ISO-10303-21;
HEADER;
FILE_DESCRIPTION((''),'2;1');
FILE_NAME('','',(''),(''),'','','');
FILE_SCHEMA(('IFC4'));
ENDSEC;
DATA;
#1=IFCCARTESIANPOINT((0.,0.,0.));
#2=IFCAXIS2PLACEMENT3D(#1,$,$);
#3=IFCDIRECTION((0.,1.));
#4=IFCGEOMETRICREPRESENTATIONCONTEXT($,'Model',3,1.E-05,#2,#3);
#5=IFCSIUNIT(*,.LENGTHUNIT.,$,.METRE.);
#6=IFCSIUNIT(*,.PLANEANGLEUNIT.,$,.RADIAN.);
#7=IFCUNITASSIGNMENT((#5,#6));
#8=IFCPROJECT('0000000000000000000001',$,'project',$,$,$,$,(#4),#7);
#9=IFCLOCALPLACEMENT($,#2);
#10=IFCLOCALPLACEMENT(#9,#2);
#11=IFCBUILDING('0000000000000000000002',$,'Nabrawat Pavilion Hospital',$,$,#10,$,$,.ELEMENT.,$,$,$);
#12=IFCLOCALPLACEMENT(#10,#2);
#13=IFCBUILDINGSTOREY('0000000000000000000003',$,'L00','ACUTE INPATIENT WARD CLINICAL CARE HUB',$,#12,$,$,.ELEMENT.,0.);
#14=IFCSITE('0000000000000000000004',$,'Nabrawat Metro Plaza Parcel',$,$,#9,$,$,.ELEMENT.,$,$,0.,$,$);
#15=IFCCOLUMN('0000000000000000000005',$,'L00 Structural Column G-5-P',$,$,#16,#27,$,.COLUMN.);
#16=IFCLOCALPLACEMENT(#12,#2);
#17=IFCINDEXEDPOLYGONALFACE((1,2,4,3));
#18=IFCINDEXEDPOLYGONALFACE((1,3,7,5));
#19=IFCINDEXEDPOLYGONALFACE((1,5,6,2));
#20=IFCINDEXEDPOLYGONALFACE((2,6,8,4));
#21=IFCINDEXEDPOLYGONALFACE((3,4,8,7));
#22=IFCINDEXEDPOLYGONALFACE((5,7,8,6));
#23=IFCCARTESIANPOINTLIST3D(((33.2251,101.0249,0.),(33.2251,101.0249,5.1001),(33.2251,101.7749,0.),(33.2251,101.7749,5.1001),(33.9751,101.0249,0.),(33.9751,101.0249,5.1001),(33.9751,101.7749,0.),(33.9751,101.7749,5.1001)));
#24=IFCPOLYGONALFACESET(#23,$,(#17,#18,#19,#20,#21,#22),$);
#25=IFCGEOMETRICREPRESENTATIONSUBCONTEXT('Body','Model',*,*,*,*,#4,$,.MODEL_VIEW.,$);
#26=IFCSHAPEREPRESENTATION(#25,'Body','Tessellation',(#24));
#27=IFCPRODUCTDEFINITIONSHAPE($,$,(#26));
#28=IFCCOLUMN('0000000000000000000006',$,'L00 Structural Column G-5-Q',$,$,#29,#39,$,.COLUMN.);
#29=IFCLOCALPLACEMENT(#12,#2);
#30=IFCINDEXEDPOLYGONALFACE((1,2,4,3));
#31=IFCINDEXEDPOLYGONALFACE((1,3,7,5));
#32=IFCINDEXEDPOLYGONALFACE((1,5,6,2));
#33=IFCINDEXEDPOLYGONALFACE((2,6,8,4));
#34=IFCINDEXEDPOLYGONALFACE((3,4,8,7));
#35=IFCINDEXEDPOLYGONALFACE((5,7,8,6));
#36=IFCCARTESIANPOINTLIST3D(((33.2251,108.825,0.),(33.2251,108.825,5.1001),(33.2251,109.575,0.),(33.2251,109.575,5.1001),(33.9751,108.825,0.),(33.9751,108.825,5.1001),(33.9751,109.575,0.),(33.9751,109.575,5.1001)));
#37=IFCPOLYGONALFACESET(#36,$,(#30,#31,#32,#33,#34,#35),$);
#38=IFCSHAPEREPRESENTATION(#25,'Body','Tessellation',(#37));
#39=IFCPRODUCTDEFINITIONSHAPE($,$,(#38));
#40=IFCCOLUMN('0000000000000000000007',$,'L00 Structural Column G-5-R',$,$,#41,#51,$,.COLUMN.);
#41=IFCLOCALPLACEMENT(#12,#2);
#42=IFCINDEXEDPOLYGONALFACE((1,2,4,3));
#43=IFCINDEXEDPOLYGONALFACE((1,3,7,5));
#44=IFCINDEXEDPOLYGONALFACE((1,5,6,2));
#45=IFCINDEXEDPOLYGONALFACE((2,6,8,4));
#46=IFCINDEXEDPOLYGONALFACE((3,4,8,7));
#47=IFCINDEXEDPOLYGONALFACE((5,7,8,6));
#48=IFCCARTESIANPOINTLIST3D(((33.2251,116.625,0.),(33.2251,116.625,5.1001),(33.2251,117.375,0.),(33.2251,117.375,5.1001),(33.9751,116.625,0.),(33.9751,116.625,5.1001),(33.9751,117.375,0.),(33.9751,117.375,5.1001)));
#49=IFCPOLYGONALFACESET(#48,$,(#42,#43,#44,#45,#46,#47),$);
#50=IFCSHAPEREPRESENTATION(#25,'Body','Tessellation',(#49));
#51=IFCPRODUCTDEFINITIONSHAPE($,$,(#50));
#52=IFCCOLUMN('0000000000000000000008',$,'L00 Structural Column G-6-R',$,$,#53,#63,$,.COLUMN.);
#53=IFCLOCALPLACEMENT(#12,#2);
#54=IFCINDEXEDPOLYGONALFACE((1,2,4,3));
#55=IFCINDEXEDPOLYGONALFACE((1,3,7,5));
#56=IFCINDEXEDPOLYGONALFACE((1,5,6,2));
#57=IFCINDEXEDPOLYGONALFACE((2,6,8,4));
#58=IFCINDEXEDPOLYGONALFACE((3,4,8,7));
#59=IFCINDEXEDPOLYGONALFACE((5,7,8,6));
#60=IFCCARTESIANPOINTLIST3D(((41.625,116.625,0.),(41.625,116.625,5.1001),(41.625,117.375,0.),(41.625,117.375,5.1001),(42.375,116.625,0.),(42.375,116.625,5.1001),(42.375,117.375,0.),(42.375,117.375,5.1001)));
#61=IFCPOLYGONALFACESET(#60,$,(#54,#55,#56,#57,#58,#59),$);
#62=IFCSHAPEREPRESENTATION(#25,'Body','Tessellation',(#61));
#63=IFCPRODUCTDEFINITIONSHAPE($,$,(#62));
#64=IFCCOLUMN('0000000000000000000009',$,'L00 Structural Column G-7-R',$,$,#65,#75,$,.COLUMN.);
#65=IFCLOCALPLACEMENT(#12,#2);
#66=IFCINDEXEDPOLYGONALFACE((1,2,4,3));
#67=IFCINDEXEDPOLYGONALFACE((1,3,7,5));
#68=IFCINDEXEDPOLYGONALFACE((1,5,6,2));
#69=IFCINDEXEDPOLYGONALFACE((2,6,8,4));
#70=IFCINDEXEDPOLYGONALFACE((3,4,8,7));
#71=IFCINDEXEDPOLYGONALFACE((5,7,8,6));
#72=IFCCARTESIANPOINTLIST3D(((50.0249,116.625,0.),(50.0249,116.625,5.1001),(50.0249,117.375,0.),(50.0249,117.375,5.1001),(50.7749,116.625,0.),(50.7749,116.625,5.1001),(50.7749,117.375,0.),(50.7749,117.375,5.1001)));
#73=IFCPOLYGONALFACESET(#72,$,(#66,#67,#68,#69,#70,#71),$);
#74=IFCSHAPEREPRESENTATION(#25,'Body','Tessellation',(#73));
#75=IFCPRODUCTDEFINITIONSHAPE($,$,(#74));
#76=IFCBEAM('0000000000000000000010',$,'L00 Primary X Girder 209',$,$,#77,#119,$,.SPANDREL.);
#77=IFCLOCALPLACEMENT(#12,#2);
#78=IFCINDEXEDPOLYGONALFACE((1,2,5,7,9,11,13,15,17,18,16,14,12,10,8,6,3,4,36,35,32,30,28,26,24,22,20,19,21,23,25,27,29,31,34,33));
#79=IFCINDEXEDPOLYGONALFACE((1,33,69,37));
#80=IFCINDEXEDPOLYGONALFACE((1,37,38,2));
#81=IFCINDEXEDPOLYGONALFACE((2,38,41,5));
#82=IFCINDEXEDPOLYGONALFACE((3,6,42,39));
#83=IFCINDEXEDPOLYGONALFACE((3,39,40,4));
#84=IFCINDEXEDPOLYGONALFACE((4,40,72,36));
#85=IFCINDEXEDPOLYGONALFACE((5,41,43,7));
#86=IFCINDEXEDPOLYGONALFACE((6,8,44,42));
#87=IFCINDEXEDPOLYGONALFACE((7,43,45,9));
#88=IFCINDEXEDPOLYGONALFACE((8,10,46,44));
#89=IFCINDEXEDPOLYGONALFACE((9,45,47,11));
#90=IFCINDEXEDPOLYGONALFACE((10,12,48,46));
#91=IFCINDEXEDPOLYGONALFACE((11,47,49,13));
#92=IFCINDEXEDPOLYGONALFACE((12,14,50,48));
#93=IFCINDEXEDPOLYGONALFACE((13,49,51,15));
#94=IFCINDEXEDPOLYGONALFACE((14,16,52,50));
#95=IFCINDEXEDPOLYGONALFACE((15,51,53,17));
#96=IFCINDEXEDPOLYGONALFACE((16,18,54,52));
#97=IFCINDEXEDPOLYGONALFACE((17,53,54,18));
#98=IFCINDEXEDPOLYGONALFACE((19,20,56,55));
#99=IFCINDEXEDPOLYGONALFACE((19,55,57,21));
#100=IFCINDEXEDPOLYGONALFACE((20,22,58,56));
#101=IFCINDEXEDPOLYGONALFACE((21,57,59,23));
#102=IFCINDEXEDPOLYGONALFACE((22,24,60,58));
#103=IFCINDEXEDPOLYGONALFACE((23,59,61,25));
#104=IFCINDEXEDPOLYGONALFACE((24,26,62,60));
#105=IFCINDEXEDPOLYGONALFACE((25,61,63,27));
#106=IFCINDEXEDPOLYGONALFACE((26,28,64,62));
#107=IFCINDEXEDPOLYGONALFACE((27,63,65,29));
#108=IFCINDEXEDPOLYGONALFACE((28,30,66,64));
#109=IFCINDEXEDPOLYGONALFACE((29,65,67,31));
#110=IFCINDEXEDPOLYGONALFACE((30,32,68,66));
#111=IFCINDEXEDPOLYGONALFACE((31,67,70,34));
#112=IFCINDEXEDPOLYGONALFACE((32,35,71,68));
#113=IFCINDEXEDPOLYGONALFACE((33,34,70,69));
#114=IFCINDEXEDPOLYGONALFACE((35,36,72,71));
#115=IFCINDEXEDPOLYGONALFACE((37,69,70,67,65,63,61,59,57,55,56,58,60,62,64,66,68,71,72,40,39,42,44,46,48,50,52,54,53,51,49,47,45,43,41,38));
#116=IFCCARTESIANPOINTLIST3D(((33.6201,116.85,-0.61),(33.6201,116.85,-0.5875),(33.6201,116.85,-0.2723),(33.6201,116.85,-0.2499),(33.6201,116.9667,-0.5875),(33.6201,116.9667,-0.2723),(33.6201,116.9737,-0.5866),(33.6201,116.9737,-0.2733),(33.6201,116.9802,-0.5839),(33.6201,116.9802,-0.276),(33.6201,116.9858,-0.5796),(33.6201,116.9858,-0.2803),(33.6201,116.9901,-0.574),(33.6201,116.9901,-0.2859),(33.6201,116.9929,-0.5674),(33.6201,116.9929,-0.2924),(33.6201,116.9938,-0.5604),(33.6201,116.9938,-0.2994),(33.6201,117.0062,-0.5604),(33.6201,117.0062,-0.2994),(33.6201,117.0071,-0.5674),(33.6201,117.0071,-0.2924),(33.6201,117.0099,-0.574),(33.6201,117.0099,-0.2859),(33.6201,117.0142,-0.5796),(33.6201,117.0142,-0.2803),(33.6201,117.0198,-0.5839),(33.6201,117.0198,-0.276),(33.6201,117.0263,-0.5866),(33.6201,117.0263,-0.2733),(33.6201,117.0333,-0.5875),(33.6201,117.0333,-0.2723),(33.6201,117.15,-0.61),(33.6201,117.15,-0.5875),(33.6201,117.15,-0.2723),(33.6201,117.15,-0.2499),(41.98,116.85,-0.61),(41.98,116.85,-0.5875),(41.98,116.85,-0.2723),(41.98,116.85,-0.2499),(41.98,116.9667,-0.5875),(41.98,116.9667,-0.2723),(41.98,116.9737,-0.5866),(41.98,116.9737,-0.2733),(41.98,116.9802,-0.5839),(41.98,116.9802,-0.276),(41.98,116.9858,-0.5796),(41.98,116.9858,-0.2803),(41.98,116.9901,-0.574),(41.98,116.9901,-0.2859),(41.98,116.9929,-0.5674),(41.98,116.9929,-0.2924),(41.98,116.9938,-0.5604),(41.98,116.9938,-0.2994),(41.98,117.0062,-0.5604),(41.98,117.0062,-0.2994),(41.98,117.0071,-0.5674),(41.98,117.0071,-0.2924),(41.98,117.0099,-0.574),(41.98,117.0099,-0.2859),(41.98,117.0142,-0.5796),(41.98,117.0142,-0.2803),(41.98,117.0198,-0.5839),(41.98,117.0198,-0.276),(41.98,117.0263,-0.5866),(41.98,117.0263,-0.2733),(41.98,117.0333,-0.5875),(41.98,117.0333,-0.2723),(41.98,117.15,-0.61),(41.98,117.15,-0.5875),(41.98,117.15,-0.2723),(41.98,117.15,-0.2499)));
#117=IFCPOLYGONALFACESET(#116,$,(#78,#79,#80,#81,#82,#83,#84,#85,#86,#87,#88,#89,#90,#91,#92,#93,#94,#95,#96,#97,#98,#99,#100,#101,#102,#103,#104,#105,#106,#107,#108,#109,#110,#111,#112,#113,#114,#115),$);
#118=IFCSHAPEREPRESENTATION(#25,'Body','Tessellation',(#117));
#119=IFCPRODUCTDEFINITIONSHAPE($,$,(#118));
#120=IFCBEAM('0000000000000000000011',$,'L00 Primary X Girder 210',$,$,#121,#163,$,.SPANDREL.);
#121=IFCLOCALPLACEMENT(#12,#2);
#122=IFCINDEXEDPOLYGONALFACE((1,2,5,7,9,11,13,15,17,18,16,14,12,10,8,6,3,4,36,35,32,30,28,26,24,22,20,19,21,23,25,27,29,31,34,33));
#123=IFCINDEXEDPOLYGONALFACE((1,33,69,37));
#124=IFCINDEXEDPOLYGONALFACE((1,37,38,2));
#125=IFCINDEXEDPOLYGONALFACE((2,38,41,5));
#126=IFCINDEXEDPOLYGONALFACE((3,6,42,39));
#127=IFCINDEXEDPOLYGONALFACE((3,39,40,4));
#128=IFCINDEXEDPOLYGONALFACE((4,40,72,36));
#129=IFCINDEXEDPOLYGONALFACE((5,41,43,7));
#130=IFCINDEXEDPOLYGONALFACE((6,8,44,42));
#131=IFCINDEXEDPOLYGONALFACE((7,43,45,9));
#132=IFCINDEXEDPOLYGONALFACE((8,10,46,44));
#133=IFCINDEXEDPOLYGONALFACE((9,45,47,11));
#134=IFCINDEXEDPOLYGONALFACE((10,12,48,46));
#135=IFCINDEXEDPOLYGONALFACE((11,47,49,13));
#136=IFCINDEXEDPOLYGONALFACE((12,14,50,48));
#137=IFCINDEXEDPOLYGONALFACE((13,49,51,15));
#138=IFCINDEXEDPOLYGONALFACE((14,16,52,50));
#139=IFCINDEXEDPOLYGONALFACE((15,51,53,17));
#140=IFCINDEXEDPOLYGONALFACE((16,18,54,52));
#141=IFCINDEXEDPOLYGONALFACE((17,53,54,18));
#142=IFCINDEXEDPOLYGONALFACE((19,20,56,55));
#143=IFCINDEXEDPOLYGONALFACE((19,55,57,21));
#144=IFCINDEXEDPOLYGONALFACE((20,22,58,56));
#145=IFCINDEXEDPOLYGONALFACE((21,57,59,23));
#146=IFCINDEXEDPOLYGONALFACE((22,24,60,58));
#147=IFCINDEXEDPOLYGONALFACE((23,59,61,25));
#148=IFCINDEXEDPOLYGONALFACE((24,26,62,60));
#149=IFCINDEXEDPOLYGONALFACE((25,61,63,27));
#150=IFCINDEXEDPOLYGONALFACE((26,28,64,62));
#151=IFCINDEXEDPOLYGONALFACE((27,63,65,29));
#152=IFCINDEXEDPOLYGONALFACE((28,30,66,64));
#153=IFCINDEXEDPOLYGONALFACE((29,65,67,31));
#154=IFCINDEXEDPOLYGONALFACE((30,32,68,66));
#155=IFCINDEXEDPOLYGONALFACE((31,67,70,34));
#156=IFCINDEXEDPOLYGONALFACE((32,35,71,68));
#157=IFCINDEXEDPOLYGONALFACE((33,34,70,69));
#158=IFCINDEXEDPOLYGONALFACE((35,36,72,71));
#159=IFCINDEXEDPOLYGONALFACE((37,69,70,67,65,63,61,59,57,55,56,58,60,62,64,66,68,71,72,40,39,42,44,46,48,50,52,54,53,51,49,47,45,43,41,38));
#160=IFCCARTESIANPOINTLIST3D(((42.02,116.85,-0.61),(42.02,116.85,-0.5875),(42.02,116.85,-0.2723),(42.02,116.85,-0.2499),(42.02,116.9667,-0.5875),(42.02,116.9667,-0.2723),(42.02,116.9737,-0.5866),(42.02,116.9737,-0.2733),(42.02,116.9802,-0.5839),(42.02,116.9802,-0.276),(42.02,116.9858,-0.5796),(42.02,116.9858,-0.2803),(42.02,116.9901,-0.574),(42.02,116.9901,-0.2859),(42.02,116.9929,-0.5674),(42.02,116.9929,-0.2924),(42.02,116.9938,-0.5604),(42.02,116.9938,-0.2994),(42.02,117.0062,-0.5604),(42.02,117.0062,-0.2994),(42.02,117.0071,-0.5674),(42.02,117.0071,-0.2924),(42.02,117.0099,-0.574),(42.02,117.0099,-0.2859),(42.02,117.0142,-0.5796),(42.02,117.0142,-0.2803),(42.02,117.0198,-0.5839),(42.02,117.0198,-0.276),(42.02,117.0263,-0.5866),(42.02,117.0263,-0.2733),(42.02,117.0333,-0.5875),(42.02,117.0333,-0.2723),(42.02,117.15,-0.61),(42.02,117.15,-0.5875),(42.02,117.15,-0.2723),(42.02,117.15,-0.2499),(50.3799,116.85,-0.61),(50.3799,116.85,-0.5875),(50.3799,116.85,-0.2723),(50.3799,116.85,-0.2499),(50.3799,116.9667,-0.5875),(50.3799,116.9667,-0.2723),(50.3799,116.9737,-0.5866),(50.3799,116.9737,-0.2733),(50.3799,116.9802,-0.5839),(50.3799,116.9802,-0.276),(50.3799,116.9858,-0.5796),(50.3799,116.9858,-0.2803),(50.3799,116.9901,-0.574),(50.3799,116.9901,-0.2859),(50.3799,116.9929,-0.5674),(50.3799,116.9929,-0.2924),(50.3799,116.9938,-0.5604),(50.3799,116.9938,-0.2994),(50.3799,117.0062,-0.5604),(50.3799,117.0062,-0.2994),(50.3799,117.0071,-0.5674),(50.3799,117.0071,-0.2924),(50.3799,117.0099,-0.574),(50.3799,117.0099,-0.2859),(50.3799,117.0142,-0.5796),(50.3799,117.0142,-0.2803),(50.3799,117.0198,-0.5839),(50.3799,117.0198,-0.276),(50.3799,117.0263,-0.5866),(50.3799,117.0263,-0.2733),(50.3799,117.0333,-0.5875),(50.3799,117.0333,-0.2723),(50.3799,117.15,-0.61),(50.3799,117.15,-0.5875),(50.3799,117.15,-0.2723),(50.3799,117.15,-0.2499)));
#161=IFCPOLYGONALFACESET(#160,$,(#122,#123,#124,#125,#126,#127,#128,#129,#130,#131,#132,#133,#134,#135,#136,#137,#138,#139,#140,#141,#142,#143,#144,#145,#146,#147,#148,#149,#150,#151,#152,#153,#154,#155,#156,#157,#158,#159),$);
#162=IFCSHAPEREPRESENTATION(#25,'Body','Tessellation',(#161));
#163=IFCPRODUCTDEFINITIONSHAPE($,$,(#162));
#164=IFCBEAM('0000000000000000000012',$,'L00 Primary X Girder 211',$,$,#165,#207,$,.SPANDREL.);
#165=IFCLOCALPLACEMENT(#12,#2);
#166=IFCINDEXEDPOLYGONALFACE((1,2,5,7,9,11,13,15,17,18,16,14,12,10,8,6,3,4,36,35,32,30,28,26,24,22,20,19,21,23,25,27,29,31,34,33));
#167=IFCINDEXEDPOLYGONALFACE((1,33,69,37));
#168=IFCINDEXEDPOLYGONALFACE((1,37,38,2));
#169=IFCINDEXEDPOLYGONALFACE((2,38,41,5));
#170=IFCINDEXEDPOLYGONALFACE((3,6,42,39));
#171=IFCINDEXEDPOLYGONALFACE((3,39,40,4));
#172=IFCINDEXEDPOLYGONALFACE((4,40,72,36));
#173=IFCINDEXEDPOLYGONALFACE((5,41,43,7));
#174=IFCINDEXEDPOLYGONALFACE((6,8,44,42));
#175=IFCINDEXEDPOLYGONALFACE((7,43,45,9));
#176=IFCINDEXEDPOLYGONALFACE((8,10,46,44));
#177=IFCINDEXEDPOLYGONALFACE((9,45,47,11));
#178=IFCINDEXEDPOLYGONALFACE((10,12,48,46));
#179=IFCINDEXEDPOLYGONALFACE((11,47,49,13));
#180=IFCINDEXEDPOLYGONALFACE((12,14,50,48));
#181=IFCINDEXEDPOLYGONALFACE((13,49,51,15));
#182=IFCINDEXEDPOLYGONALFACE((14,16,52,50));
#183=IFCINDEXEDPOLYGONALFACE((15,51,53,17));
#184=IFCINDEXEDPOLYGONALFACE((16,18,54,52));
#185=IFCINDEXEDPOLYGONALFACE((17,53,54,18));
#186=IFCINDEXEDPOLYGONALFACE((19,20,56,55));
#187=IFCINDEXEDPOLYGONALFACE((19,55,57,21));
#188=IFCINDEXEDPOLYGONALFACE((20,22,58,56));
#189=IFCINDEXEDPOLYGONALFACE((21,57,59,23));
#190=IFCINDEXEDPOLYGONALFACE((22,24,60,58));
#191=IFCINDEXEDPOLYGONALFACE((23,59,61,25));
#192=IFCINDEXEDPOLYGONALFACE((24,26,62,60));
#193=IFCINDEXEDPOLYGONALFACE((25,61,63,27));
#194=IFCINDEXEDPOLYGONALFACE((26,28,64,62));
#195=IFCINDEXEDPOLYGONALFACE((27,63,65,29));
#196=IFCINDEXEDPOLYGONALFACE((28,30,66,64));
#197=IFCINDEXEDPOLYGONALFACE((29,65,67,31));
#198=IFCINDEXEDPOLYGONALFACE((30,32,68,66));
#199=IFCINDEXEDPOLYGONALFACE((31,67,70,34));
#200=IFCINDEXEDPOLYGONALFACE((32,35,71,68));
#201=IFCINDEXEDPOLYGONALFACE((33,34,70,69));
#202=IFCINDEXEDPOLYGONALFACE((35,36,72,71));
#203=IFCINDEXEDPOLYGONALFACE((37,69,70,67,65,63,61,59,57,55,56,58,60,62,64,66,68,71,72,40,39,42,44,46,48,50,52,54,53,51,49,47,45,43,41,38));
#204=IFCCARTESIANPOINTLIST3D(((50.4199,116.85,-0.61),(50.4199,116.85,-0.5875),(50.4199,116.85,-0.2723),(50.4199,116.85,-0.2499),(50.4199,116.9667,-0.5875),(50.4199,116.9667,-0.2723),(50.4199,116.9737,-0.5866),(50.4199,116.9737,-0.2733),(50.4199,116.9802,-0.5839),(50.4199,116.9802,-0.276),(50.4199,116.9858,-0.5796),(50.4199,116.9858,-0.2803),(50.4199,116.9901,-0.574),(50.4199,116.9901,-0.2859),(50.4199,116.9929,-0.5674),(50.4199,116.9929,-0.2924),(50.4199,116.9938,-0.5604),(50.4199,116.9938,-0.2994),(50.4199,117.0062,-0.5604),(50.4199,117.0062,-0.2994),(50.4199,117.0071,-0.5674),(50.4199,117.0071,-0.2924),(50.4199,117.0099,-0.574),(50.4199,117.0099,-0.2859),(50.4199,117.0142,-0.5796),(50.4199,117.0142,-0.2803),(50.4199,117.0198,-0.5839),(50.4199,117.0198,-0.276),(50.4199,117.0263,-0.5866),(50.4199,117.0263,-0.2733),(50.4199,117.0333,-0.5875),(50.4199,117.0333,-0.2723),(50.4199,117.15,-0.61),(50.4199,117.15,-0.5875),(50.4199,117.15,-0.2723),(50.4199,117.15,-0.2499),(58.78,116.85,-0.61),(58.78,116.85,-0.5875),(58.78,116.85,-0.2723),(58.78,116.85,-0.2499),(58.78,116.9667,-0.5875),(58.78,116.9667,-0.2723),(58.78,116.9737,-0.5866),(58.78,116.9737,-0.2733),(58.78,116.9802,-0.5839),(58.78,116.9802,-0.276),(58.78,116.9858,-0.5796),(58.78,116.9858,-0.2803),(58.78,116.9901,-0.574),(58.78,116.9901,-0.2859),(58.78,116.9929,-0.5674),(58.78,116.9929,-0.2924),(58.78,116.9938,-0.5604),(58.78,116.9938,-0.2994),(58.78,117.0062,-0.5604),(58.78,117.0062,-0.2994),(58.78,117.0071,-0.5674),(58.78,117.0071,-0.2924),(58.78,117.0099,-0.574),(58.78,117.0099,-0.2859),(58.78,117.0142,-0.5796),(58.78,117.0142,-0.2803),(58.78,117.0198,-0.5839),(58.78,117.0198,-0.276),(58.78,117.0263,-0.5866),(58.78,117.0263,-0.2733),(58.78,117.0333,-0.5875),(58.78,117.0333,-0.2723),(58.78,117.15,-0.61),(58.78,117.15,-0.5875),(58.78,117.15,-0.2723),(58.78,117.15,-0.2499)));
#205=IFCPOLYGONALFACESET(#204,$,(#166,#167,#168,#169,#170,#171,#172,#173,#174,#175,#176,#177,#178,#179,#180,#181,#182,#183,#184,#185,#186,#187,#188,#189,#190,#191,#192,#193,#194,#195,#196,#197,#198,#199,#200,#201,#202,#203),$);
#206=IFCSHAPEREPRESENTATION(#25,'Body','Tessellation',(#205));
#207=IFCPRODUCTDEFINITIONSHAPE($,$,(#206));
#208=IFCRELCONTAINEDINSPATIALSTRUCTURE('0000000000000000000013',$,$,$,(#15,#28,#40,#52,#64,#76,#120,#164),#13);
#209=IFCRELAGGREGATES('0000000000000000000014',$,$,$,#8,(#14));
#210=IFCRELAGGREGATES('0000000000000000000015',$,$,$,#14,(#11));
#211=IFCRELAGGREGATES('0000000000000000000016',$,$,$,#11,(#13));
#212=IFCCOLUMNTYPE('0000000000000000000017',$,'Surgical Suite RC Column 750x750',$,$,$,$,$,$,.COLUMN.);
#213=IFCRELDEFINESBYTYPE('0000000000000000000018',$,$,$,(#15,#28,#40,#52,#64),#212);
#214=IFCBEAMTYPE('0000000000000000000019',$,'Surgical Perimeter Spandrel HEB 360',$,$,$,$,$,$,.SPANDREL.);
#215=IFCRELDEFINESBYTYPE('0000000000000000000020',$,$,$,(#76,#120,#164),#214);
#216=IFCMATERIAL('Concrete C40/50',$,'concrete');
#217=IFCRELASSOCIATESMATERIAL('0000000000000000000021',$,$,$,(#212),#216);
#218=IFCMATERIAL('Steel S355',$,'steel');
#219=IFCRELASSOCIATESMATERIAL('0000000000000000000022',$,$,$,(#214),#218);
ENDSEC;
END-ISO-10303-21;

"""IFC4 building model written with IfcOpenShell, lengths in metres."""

from ifc_helpers import new_model, si_unit, direction, frame, origin, origin_2d, place, context, subcontext, project, spatial, rectangle, i_section, extrude, material, material_profile, profile_set, type_object, element, save


model = new_model("IFC4")

# Units and contexts
model_context = context("Model", 3, precision=1e-05, world=origin(), true_north=direction((0.0, 1.0)))
body_context = subcontext(model_context, "Body", "Model", "MODEL_VIEW")
ifc_project = project(units=[si_unit("LENGTHUNIT", "METRE"), si_unit("PLANEANGLEUNIT", "RADIAN")], contexts=[model_context])

# Site, building, storey
site_placement = place(None, origin())
site = spatial("IfcSite", under=ifc_project, at=site_placement, Name="Nabrawat Metro Plaza Parcel", CompositionType="ELEMENT", RefElevation=0.0)
building_placement = place(site_placement, origin())
building = spatial("IfcBuilding", under=site, at=building_placement, Name="Nabrawat Pavilion Hospital", CompositionType="ELEMENT")
storey_placement = place(building_placement, origin())
storey = spatial("IfcBuildingStorey", under=building, at=storey_placement, Name="L00", Description="ACUTE INPATIENT WARD CLINICAL CARE HUB", CompositionType="ELEMENT", Elevation=0.0)

# Columns
ifc_material_1 = material(Name="Concrete C40/50", Category="concrete")
ifc_material_profile_1 = material_profile(ifc_material_1, rectangle(XDim=0.75, YDim=0.75, at=origin_2d()), Name="RC 750x750")
ifc_profile_set_1 = profile_set([ifc_material_profile_1], Name="Concrete C40/50")
column_type = type_object("IfcColumnType", Name="Surgical Suite RC Column 750x750", PredefinedType="COLUMN", material=ifc_profile_set_1)
for number, where, z_axis, x_axis, name in (
    (1, (33.6001, 101.3999, 0.0), (0.0, 0.0, 1.0), (1.0, 0.0, 0.0), "L00 Structural Column G-5-P"),
    (2, (33.6001, 109.2, 0.0), (0.0, 0.0, 1.0), (1.0, 0.0, 0.0), "L00 Structural Column G-5-Q"),
    (3, (33.6001, 117.0, 0.0), (0.0, 0.0, 1.0), (1.0, 0.0, 0.0), "L00 Structural Column G-5-R"),
    (4, (42.0, 117.0, 0.0), (0.0, 0.0, 1.0), (1.0, 0.0, 0.0), "L00 Structural Column G-6-R"),
    (5, (50.3999, 117.0, 0.0), (0.0, 0.0, 1.0), (1.0, 0.0, 0.0), "L00 Structural Column G-7-R"),
):
    element("IfcColumn", number, at=place(storey_placement, frame(where, z_axis=z_axis, x_axis=x_axis)), inside=storey, type_object=column_type, Name=name, PredefinedType="COLUMN", context=body_context, shape_type="SweptSolid", body=[
        extrude(rectangle(XDim=0.75, YDim=0.75, at=origin_2d()), origin(), (0.0, 0.0, 1.0), 5.1001),
    ])

# Beams
ifc_material_2 = material(Name="Steel S355", Category="steel")
ifc_material_profile_2 = material_profile(ifc_material_2, i_section(OverallWidth=0.3, OverallDepth=0.3601, WebThickness=0.0125, FlangeThickness=0.0225, FilletRadius=0.0271, at=origin_2d()), Name="HEB 360")
ifc_profile_set_2 = profile_set([ifc_material_profile_2], Name="Steel S355")
beam_type_1 = type_object("IfcBeamType", Name="Surgical Perimeter Spandrel HEB 360", PredefinedType="SPANDREL", material=ifc_profile_set_2)
for number, where, z_axis, x_axis, name in (
    (6, (33.6201, 117.0, -0.4299), (1.0, 0.0, 0.0), (0.0, 1.0, 0.0), "L00 Primary X Girder 209"),
    (7, (42.02, 117.0, -0.4299), (1.0, 0.0, 0.0), (0.0, 1.0, 0.0), "L00 Primary X Girder 210"),
):
    element("IfcBeam", number, at=place(storey_placement, frame(where, z_axis=z_axis, x_axis=x_axis)), inside=storey, type_object=beam_type_1, Name=name, PredefinedType="SPANDREL", context=body_context, shape_type="SweptSolid", body=[
        extrude(i_section(OverallWidth=0.3, OverallDepth=0.3601, WebThickness=0.0125, FlangeThickness=0.0225, FilletRadius=0.0271, at=origin_2d()), origin(), (0.0, 0.0, 1.0), 8.3599),
    ])
beam_placement = place(storey_placement, frame((50.4199, 117.0, -0.4299), z_axis=(1.0, 0.0, 0.0), x_axis=(0.0, 1.0, 0.0)))
element("IfcBeam", 8, at=beam_placement, inside=storey, type_object=beam_type_1, Name="L00 Primary X Girder 211", PredefinedType="SPANDREL", context=body_context, shape_type="SweptSolid", body=[
    extrude(i_section(OverallWidth=0.3, OverallDepth=0.3601, WebThickness=0.0125, FlangeThickness=0.0225, FilletRadius=0.0271, at=origin_2d()), origin(), (0.0, 0.0, 1.0), 8.3601),
])

save(model, "model.ifc")
